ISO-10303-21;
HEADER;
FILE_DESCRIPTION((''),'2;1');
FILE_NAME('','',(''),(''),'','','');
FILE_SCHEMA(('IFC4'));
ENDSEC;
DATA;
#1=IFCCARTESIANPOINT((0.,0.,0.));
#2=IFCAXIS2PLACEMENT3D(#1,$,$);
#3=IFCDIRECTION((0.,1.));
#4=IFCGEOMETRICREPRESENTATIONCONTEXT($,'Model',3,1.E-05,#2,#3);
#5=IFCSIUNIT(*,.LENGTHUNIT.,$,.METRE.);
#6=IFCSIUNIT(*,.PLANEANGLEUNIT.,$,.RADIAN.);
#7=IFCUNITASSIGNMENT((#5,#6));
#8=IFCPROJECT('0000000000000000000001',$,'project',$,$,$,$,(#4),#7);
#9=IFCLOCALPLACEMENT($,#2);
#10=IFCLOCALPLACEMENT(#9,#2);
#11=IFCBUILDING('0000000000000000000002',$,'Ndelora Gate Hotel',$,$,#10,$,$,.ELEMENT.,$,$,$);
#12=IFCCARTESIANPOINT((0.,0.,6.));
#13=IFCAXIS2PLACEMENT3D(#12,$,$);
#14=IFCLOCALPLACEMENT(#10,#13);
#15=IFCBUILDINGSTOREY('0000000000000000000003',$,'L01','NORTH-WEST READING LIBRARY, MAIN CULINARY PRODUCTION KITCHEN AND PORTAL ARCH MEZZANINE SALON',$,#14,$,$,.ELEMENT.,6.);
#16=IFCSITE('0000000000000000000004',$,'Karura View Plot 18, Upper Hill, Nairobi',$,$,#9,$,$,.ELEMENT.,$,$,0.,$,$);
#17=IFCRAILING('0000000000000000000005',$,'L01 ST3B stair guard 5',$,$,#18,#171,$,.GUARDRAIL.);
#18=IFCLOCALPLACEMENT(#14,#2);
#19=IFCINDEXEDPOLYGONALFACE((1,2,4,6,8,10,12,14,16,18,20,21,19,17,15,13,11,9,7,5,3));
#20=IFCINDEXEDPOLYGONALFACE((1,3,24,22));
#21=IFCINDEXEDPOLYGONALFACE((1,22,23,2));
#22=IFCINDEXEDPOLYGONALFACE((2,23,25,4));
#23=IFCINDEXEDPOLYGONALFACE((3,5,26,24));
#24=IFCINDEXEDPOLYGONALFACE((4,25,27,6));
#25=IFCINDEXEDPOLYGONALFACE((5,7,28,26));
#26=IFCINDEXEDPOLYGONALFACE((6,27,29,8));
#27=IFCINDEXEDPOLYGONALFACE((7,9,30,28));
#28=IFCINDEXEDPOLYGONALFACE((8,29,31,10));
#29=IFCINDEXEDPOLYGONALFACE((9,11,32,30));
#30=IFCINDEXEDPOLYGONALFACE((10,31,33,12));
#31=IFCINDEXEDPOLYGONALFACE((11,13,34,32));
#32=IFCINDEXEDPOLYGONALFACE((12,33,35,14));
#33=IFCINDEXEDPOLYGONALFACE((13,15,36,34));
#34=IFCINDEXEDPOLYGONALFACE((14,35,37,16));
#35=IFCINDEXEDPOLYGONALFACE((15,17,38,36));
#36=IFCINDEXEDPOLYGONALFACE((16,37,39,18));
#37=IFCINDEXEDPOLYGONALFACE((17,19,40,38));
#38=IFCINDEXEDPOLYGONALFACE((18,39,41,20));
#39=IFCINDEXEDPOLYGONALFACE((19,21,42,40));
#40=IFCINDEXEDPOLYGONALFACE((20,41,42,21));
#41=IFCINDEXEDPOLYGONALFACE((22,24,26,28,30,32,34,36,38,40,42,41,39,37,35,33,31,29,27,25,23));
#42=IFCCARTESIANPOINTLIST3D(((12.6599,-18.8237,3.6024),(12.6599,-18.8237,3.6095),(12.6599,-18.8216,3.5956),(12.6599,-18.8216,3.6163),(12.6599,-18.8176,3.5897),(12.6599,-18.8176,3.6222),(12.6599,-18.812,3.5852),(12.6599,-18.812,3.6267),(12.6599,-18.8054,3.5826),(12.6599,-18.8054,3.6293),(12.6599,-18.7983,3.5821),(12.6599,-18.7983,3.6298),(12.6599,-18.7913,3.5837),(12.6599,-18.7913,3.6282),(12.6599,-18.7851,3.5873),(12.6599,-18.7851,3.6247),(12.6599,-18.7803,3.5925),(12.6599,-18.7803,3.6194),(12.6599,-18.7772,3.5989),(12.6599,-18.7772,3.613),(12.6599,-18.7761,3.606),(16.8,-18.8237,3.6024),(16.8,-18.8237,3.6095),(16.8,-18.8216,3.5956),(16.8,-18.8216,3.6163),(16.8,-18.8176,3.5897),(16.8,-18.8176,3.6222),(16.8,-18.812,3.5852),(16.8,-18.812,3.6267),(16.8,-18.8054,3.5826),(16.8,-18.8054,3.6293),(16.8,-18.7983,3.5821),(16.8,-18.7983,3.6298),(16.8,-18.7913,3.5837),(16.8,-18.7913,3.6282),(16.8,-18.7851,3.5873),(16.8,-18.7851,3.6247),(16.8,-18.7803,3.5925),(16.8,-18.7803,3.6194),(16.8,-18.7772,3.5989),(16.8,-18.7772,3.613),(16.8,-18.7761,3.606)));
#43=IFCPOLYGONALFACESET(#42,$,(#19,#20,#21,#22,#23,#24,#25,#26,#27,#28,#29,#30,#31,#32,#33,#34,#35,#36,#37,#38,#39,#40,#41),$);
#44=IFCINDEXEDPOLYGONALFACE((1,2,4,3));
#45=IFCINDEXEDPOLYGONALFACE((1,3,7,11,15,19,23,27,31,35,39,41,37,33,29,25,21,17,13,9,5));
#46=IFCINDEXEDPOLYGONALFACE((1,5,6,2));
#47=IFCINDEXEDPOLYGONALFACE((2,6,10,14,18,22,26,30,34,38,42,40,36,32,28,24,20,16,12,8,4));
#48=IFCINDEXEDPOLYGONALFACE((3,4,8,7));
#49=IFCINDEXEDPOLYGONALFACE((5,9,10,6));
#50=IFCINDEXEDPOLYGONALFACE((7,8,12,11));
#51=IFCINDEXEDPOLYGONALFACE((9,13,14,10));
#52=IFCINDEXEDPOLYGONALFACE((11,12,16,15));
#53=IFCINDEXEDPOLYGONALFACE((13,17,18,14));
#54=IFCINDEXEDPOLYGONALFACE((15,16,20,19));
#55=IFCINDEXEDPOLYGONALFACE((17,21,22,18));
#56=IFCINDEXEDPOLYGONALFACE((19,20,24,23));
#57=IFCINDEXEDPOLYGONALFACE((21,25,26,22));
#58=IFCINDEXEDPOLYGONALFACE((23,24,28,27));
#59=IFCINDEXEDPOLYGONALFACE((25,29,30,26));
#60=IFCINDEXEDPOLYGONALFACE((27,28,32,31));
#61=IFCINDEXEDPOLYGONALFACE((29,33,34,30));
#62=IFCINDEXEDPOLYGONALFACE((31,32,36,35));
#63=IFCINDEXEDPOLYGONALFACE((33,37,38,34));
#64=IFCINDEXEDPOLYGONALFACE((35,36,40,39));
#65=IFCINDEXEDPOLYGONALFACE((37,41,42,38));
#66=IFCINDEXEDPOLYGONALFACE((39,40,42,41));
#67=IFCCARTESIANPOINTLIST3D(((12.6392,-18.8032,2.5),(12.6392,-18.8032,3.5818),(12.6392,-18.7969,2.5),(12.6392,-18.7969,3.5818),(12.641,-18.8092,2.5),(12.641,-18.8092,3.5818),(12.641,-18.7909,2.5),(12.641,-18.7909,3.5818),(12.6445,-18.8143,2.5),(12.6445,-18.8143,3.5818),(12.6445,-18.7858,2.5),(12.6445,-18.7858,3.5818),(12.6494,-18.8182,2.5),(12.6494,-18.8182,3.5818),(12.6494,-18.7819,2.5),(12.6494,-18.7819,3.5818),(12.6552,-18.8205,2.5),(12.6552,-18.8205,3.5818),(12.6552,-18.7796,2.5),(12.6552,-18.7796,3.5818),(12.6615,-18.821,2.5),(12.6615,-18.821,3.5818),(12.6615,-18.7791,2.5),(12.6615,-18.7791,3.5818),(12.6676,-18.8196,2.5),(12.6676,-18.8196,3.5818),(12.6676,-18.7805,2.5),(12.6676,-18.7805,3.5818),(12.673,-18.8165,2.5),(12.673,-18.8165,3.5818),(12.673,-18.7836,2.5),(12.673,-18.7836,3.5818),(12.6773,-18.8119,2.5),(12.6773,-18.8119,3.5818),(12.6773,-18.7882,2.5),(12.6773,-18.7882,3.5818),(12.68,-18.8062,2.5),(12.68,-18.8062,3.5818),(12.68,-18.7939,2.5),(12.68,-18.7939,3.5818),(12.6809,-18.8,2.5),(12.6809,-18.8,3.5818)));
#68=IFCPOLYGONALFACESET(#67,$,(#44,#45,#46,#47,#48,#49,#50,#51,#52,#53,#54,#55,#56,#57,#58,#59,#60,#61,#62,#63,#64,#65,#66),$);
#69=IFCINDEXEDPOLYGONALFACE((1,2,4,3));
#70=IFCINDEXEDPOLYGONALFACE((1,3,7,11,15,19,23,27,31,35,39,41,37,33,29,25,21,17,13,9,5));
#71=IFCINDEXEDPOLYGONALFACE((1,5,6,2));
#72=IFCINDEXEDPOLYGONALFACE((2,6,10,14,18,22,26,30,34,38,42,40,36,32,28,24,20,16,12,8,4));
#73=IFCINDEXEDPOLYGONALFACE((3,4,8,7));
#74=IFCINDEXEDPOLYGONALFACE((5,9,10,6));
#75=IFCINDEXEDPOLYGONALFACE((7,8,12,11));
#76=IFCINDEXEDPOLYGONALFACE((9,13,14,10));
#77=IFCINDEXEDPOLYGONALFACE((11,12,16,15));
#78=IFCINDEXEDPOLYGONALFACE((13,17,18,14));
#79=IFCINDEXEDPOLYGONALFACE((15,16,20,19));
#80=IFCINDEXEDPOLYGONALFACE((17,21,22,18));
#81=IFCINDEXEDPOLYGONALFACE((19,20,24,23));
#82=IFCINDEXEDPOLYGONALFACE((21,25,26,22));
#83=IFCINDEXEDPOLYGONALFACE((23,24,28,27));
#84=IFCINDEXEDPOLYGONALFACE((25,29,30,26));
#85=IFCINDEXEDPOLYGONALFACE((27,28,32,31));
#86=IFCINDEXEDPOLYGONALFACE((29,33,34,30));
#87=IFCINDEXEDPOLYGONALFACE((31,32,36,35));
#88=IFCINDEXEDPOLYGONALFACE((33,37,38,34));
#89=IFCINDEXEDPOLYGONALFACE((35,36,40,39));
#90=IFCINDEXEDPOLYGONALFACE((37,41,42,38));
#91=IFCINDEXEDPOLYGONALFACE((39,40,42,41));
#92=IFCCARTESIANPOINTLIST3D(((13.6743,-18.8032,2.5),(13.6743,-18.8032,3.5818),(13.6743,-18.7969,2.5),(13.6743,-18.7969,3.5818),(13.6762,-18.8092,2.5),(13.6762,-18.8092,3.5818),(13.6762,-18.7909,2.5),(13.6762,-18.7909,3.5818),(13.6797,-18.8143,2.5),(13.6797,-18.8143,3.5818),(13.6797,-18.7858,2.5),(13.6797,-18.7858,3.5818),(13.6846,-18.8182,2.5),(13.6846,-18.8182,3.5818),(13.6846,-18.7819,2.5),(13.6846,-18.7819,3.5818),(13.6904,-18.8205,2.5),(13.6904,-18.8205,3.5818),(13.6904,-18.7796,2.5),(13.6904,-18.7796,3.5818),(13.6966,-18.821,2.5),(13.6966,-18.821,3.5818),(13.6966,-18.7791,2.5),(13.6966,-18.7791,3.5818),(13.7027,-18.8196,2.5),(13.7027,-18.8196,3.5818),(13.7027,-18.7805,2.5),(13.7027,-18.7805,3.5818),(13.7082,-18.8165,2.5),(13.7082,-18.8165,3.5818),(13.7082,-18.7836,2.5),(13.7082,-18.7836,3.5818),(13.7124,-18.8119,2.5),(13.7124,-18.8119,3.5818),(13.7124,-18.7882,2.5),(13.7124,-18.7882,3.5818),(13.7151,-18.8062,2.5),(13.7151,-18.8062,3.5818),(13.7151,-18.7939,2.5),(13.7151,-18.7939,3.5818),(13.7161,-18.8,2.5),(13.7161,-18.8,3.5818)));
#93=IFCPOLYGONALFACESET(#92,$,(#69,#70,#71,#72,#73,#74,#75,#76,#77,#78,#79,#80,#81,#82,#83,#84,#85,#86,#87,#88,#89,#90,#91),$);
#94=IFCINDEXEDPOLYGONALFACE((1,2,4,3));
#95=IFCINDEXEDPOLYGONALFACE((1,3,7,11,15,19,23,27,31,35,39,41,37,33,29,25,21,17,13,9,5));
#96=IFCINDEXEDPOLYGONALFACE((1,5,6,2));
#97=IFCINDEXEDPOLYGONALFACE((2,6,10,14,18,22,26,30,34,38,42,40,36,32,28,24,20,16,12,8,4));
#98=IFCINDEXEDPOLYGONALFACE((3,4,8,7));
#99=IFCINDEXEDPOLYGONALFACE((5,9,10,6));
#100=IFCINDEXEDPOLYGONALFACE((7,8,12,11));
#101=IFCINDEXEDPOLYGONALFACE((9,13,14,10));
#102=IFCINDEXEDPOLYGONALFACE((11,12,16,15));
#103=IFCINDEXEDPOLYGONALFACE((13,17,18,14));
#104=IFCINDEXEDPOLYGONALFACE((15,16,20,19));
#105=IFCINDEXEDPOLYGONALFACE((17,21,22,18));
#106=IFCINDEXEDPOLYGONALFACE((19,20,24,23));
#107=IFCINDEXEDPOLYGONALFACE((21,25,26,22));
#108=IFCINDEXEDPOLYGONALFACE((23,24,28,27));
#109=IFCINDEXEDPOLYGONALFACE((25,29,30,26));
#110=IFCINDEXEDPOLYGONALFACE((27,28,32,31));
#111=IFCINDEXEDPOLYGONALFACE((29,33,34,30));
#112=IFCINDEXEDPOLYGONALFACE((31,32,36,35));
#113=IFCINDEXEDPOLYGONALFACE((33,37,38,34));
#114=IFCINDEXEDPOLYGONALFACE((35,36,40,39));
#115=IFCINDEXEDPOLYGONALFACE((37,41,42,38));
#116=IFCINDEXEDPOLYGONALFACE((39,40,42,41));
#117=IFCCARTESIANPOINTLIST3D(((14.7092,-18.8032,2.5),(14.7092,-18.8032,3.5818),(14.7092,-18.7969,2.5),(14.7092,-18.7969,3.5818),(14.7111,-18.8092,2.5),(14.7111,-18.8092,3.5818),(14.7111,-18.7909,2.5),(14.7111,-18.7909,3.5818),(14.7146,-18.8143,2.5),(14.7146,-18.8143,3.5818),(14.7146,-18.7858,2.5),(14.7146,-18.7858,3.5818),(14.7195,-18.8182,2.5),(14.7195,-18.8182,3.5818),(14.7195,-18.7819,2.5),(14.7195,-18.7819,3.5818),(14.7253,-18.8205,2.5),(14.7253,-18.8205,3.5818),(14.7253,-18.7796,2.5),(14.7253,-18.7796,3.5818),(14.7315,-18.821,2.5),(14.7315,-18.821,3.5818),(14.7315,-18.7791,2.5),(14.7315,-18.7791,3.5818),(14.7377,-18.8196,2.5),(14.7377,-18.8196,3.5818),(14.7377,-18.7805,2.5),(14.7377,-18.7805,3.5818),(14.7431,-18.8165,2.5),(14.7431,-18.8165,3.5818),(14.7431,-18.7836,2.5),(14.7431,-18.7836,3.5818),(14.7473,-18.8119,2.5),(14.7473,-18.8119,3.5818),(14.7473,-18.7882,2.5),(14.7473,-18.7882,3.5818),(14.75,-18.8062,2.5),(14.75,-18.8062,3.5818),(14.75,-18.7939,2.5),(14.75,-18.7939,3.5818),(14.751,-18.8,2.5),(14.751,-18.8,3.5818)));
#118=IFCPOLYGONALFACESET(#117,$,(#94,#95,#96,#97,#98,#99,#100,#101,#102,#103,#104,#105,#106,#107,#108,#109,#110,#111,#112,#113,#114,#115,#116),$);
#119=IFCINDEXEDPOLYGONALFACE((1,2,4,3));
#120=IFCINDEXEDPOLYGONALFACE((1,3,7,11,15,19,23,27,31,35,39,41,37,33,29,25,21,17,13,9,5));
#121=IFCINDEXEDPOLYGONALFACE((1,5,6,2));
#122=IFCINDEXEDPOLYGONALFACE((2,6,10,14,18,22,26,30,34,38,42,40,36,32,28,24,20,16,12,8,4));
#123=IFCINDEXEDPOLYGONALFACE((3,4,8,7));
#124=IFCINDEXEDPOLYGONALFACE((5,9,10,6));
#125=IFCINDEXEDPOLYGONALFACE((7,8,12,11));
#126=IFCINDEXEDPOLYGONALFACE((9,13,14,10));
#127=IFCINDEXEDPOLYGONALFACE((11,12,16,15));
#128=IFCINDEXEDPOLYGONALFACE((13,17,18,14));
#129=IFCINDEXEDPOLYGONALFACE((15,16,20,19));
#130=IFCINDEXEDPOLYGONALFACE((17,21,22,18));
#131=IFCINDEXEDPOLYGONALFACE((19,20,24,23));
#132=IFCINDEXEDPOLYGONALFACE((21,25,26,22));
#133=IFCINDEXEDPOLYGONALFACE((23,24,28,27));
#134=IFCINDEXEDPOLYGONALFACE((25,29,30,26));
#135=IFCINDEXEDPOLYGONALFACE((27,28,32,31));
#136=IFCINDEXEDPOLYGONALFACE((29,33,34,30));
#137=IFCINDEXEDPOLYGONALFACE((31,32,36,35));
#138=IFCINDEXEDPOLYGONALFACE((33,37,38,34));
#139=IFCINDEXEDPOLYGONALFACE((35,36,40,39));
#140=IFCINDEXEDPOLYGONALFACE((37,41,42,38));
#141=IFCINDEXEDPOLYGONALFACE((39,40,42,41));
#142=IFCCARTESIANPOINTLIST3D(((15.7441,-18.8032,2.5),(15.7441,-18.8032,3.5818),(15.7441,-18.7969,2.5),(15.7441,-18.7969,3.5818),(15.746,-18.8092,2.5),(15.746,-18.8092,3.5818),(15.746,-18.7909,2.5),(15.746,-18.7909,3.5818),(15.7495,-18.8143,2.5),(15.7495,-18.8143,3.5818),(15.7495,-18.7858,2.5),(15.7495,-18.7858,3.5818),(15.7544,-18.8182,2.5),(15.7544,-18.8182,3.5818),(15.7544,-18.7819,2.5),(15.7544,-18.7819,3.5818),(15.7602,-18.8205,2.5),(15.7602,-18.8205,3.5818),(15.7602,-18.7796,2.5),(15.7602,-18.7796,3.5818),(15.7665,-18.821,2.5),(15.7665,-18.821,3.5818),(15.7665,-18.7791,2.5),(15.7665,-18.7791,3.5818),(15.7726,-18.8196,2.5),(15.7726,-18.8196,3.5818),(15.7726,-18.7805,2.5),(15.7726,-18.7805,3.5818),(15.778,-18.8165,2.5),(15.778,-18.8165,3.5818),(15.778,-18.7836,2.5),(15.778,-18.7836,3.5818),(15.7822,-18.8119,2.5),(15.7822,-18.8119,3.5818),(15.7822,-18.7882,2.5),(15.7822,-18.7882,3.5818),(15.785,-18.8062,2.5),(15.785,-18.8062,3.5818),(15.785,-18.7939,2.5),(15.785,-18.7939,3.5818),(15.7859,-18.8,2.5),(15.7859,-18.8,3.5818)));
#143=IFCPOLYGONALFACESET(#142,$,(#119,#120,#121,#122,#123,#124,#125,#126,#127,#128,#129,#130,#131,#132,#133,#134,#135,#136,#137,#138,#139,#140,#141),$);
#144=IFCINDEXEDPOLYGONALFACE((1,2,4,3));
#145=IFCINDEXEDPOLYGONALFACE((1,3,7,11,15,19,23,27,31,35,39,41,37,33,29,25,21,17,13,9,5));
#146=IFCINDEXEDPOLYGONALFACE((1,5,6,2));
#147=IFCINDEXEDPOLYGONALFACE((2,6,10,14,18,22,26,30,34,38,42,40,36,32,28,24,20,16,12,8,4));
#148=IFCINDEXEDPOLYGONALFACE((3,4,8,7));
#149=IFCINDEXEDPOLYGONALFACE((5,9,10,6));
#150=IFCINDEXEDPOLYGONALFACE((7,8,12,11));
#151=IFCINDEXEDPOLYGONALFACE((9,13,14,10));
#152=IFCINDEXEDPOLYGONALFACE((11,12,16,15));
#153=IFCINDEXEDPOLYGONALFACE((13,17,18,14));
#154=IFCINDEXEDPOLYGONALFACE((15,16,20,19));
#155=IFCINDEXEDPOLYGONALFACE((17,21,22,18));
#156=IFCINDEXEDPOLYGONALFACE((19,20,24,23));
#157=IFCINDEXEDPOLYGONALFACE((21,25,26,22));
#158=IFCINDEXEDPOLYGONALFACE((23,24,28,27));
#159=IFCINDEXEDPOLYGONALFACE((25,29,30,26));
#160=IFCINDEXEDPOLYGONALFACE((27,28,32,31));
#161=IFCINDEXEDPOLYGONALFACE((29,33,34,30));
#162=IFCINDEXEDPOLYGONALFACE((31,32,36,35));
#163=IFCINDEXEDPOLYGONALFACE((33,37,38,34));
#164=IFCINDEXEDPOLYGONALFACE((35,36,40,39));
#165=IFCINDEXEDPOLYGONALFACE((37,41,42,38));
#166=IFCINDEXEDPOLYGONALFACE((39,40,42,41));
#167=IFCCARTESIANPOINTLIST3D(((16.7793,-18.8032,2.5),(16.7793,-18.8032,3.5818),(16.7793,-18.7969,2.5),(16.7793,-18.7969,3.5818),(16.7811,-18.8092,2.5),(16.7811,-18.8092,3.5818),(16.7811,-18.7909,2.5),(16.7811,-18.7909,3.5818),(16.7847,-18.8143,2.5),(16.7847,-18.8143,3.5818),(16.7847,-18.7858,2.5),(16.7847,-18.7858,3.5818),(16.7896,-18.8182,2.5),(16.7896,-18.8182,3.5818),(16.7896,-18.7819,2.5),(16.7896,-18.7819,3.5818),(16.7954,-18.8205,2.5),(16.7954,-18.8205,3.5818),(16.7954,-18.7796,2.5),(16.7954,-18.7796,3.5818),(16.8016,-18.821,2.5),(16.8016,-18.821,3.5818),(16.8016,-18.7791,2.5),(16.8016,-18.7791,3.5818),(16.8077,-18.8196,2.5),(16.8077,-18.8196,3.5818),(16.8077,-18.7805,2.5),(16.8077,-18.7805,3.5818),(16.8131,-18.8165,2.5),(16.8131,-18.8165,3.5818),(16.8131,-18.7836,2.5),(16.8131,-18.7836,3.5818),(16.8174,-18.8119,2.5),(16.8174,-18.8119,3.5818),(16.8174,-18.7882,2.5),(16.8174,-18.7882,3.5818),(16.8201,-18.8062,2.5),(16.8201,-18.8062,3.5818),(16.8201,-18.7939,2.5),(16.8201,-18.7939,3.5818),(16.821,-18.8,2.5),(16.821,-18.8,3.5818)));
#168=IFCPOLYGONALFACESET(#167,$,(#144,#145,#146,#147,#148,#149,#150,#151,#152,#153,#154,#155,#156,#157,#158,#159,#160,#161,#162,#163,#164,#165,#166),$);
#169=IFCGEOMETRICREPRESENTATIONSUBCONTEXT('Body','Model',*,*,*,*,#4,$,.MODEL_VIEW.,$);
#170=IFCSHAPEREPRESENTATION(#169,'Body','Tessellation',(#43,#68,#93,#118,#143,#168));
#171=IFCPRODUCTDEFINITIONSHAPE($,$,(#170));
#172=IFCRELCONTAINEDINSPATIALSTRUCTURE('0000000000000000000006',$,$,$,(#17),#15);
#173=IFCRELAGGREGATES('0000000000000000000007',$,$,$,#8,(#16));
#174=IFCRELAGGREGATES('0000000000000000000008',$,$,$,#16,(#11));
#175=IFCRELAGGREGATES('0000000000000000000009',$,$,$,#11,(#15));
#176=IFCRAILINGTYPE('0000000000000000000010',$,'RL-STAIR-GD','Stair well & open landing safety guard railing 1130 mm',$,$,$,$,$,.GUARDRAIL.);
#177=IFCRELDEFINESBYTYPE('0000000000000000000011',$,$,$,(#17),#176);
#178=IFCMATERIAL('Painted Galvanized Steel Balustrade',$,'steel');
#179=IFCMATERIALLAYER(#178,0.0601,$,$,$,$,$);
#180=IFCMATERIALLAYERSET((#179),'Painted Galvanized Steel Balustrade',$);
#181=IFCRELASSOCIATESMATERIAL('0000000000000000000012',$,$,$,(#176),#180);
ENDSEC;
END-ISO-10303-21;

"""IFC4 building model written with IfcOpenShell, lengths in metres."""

from ifc_helpers import new_model, si_unit, direction, frame, origin, origin_2d, place, context, subcontext, project, spatial, circle, extrude, material, layer, layer_set, type_object, element, save


model = new_model("IFC4")

# Units and contexts
model_context = context("Model", 3, precision=1e-05, world=origin(), true_north=direction((0.0, 1.0)))
body_context = subcontext(model_context, "Body", "Model", "MODEL_VIEW")
ifc_project = project(units=[si_unit("LENGTHUNIT", "METRE"), si_unit("PLANEANGLEUNIT", "RADIAN")], contexts=[model_context])

# Site, building, storey
site_placement = place(None, origin())
site = spatial("IfcSite", under=ifc_project, at=site_placement, Name="Karura View Plot 18, Upper Hill, Nairobi", CompositionType="ELEMENT", RefElevation=0.0)
building_placement = place(site_placement, origin())
building = spatial("IfcBuilding", under=site, at=building_placement, Name="Ndelora Gate Hotel", CompositionType="ELEMENT")
storey_placement = place(building_placement, frame((0.0, 0.0, 6.0)))
storey = spatial("IfcBuildingStorey", under=building, at=storey_placement, Name="L01", Description="NORTH-WEST READING LIBRARY, MAIN CULINARY PRODUCTION KITCHEN AND PORTAL ARCH MEZZANINE SALON", CompositionType="ELEMENT", Elevation=6.0)

# Railing
ifc_material_1 = material(Name="Painted Galvanized Steel Balustrade", Category="steel")
ifc_layer_1 = layer(ifc_material_1, 0.0601)
ifc_layer_set_1 = layer_set([ifc_layer_1], Name="Painted Galvanized Steel Balustrade")
railing_type_1 = type_object("IfcRailingType", Name="RL-STAIR-GD", Description="Stair well & open landing safety guard railing 1130 mm", PredefinedType="GUARDRAIL", material=ifc_layer_set_1)
railing_1_placement = place(storey_placement, frame((12.6599, -18.8, 2.5)))
element("IfcRailing", 1, at=railing_1_placement, inside=storey, type_object=railing_type_1, Name="L01 ST3B stair guard 5", PredefinedType="GUARDRAIL", context=body_context, shape_type="SweptSolid", body=[
    extrude(circle(Radius=0.0239, at=origin_2d()), frame((0.0, 0.0, 1.106), z_axis=(1.0, 0.0, 0.0), x_axis=(0.0, 1.0, 0.0)), (0.0, 0.0, 1.0), 4.1401),
    extrude(circle(Radius=0.021, at=origin_2d()), origin(), (0.0, 0.0, 1.0), 1.0818),
    extrude(circle(Radius=0.021, at=origin_2d()), frame((1.0352, 0.0, 0.0)), (0.0, 0.0, 1.0), 1.0818),
    extrude(circle(Radius=0.021, at=origin_2d()), frame((2.0701, 0.0, 0.0)), (0.0, 0.0, 1.0), 1.0818),
    extrude(circle(Radius=0.021, at=origin_2d()), frame((3.105, 0.0, 0.0)), (0.0, 0.0, 1.0), 1.0818),
    extrude(circle(Radius=0.021, at=origin_2d()), frame((4.1401, 0.0, 0.0)), (0.0, 0.0, 1.0), 1.0818),
])

save(model, "model.ifc")
